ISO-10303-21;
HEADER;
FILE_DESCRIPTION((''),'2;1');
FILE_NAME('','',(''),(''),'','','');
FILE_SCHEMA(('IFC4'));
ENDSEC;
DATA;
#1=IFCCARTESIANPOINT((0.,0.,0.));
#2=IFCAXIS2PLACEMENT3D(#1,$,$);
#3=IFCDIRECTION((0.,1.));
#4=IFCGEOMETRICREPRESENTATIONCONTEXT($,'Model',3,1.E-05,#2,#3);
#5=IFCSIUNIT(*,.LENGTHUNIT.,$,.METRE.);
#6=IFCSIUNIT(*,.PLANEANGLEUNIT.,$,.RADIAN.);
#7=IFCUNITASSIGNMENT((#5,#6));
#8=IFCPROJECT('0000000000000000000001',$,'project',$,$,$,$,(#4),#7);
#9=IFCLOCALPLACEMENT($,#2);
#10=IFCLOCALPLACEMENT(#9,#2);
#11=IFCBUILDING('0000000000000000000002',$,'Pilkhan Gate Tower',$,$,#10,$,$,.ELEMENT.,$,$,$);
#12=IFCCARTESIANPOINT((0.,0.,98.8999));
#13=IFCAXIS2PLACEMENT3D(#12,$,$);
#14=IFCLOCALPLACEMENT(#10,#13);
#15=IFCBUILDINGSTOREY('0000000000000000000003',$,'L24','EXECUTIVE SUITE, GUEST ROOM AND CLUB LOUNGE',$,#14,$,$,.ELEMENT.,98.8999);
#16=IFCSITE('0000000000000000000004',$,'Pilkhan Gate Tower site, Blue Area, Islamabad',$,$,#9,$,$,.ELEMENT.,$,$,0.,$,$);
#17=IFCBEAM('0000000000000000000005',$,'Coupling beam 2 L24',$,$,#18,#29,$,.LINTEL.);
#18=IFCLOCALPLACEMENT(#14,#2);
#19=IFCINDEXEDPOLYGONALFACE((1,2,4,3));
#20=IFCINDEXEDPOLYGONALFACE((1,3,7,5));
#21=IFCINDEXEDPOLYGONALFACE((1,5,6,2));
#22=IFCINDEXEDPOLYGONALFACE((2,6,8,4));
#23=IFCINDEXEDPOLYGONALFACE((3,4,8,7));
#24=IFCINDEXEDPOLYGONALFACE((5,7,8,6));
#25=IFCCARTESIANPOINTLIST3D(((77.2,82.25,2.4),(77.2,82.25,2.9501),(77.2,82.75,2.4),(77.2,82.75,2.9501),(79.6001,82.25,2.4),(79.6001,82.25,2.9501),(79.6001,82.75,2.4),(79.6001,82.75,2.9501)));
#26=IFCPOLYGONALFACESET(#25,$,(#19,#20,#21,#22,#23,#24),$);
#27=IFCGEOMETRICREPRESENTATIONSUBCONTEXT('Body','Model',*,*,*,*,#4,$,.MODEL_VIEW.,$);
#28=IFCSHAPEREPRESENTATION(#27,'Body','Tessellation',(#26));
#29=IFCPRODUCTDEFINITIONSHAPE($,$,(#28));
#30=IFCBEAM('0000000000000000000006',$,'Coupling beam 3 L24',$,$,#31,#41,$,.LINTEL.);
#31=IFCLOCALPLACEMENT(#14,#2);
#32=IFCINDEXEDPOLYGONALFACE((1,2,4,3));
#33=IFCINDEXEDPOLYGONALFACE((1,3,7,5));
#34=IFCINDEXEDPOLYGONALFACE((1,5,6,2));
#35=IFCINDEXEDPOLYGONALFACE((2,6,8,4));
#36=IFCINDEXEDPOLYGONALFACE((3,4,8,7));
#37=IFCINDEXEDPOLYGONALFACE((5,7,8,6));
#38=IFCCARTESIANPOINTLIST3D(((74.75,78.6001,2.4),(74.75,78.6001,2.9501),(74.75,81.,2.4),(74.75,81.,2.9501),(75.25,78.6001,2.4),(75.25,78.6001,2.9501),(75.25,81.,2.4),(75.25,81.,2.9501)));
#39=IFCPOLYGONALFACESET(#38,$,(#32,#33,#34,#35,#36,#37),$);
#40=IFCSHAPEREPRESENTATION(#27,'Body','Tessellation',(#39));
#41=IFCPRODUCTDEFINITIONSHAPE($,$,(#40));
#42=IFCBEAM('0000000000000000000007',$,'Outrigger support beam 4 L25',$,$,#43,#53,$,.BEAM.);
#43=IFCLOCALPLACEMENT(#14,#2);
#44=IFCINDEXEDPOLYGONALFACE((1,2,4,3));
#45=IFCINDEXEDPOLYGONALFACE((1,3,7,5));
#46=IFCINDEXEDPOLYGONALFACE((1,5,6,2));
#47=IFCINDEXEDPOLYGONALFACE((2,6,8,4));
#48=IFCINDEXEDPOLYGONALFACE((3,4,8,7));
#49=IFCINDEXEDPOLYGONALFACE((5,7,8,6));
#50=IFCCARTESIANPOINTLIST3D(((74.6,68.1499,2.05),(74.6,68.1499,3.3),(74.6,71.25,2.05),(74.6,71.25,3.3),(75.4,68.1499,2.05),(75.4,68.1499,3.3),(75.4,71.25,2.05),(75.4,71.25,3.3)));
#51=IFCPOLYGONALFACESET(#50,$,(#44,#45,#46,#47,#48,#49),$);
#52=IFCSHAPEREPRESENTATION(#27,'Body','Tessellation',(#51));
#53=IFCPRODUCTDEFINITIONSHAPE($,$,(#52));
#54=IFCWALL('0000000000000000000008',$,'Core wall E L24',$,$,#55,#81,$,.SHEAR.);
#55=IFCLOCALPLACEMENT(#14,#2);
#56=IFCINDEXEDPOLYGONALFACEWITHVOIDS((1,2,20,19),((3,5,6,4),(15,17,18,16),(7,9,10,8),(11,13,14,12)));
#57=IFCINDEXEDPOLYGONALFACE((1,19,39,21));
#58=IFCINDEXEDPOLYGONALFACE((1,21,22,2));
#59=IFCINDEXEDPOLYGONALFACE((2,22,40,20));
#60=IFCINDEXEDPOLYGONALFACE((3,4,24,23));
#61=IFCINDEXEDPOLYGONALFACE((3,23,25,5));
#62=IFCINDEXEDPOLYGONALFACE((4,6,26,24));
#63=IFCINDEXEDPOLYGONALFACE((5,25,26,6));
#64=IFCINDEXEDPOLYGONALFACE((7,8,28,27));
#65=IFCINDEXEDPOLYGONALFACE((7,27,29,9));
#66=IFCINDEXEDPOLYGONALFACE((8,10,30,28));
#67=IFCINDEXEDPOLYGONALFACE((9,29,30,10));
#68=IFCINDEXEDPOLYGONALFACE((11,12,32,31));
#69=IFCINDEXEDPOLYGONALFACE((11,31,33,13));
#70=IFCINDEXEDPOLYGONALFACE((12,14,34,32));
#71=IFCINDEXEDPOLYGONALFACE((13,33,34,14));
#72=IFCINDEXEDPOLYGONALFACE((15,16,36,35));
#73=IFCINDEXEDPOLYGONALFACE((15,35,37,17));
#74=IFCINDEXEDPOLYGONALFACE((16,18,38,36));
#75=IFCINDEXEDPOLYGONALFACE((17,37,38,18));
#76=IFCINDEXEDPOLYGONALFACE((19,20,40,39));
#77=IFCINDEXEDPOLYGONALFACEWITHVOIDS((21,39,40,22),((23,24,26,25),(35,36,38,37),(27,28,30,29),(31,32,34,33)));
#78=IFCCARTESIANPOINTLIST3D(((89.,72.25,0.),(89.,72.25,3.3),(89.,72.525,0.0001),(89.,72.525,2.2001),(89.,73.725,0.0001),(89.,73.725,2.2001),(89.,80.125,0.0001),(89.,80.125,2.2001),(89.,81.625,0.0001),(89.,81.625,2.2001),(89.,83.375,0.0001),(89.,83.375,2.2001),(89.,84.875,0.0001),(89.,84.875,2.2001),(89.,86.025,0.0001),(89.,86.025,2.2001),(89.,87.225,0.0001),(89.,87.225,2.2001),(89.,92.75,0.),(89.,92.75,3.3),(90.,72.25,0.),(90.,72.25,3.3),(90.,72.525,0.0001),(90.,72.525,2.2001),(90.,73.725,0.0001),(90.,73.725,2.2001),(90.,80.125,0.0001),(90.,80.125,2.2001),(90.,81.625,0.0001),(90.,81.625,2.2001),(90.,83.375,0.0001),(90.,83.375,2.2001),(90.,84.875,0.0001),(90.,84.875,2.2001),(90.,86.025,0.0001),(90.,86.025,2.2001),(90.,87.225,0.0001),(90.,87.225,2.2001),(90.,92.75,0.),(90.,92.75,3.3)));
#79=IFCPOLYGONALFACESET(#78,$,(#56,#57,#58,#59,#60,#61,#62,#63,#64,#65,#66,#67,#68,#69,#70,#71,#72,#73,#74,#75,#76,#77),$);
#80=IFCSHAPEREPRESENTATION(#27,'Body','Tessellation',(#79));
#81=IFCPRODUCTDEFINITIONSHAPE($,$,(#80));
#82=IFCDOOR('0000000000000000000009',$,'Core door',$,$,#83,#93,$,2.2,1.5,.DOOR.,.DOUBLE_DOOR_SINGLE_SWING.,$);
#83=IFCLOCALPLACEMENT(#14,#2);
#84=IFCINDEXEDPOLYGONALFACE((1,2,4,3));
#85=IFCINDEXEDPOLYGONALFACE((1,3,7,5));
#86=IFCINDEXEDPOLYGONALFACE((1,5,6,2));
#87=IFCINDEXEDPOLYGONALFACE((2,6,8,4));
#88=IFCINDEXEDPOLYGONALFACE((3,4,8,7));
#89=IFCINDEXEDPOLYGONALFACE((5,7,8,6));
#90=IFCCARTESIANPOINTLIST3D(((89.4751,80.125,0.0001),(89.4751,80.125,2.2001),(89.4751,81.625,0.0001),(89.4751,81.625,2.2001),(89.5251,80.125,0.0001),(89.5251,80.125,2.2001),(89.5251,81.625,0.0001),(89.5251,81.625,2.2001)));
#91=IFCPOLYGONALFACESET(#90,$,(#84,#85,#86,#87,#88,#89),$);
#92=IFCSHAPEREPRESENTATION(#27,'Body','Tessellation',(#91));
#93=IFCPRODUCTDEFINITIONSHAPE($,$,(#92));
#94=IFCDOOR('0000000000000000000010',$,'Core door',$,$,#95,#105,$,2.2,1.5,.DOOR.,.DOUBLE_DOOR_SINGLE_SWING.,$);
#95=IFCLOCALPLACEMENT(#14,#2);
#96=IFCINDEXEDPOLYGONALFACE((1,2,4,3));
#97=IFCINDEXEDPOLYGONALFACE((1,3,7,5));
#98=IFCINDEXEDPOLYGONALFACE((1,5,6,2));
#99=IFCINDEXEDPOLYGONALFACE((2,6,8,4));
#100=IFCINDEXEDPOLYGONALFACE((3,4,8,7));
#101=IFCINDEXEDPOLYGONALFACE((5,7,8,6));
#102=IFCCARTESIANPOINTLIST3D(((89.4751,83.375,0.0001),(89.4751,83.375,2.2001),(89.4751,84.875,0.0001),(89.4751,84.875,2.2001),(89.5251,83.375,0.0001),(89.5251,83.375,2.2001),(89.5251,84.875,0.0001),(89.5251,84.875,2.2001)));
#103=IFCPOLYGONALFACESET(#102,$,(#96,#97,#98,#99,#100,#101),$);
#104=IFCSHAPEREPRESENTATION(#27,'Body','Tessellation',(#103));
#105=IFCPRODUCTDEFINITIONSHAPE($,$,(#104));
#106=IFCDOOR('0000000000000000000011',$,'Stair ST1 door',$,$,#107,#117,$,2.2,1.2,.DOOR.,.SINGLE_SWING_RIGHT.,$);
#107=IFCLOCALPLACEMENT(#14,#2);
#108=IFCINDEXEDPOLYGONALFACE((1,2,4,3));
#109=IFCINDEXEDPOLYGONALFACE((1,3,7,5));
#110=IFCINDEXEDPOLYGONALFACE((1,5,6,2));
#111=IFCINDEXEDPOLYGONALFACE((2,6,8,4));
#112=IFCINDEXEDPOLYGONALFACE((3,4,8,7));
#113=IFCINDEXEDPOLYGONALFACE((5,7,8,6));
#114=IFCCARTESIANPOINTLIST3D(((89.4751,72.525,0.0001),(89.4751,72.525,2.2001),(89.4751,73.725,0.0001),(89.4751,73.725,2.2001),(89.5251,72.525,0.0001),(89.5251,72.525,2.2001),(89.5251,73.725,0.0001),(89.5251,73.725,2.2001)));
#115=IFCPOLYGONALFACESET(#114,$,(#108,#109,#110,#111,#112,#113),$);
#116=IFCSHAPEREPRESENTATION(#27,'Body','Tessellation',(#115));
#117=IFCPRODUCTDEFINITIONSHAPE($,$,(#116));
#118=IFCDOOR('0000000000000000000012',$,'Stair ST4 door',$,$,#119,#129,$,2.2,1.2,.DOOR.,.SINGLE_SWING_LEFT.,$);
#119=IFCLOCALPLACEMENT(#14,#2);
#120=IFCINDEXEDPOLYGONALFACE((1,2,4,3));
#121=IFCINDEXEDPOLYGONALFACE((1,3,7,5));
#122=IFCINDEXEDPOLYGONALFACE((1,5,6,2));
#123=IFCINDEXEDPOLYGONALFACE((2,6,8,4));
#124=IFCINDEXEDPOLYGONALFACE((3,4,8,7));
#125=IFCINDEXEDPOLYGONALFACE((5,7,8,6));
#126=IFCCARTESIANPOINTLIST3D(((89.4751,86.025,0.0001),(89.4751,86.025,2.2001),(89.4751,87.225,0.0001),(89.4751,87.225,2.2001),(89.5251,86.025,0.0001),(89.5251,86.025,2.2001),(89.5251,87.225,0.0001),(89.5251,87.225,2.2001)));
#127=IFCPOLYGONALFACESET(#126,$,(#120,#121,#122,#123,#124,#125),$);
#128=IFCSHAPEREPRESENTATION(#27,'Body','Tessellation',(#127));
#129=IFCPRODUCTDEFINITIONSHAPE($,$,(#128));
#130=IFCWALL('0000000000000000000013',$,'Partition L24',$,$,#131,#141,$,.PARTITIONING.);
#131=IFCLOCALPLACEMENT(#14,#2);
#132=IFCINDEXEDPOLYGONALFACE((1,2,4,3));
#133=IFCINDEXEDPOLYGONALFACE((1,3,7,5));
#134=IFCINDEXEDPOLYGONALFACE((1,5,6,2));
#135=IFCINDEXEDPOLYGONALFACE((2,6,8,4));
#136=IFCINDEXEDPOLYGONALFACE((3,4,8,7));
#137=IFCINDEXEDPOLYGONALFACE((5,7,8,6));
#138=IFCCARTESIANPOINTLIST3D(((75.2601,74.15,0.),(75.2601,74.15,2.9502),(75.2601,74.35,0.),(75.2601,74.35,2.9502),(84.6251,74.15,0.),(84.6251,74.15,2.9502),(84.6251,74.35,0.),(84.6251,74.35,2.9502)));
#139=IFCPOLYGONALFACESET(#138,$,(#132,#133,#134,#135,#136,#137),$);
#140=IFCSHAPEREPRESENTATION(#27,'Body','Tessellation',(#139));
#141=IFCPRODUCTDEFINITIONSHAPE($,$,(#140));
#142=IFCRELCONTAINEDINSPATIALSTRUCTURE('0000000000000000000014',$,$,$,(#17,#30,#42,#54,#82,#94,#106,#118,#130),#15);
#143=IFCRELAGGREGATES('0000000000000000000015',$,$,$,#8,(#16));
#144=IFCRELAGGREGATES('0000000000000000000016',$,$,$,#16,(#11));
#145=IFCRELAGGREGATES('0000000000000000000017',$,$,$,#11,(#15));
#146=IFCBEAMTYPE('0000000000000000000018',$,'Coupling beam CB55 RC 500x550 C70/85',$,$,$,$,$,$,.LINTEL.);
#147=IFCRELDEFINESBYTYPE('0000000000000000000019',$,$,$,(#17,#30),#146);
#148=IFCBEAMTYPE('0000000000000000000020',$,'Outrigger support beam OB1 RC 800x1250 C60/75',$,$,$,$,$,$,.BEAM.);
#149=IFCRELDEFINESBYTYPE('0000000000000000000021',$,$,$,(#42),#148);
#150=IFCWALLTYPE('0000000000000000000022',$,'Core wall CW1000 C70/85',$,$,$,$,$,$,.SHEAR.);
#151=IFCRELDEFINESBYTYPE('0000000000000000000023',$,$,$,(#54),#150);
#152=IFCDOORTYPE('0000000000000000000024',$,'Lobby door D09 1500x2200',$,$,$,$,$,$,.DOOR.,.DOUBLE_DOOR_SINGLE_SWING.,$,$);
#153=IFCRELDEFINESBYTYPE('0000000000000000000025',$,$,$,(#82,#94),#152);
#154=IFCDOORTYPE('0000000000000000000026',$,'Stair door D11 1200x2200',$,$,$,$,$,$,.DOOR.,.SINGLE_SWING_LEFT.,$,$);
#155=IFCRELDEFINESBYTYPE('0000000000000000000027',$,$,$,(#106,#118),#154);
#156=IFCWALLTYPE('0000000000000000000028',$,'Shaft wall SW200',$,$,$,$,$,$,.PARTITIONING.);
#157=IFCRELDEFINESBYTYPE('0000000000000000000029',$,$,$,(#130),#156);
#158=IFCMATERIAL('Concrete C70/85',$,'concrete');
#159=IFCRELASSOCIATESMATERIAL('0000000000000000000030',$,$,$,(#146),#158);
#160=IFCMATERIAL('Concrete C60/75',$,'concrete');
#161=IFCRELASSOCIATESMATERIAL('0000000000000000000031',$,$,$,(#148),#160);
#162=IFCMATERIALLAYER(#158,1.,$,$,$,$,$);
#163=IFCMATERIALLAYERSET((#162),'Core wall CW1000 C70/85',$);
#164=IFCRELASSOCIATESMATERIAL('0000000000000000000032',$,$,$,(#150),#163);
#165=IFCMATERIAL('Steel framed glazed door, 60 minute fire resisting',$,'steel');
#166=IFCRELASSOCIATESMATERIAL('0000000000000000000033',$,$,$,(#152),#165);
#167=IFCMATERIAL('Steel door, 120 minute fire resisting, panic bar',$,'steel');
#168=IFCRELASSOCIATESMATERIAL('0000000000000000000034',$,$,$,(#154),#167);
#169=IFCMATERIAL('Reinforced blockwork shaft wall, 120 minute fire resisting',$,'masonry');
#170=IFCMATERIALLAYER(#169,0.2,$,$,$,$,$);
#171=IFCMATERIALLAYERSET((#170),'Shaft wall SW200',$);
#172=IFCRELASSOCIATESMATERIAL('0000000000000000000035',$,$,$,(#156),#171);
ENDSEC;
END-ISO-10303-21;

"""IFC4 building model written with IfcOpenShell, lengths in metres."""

from ifc_helpers import new_model, si_unit, direction, frame, frame_2d, origin, origin_2d, place, context, subcontext, project, spatial, rectangle, extrude, material, layer, layer_set, material_profile, profile_set, type_object, element, fill, save


model = new_model("IFC4")

# Units and contexts
model_context = context("Model", 3, precision=1e-05, world=origin(), true_north=direction((0.0, 1.0)))
body_context = subcontext(model_context, "Body", "Model", "MODEL_VIEW")
ifc_project = project(units=[si_unit("LENGTHUNIT", "METRE"), si_unit("PLANEANGLEUNIT", "RADIAN")], contexts=[model_context])

# Site, building, storey
site_placement = place(None, origin())
site = spatial("IfcSite", under=ifc_project, at=site_placement, Name="Pilkhan Gate Tower site, Blue Area, Islamabad", CompositionType="ELEMENT", RefElevation=0.0)
building_placement = place(site_placement, origin())
building = spatial("IfcBuilding", under=site, at=building_placement, Name="Pilkhan Gate Tower", CompositionType="ELEMENT")
storey_placement = place(building_placement, frame((0.0, 0.0, 98.8999)))
storey = spatial("IfcBuildingStorey", under=building, at=storey_placement, Name="L24", Description="EXECUTIVE SUITE, GUEST ROOM AND CLUB LOUNGE", CompositionType="ELEMENT", Elevation=98.8999)

# Beams
ifc_material_1 = material(Name="Concrete C70/85", Category="concrete")
ifc_material_profile_1 = material_profile(ifc_material_1, rectangle(XDim=0.5, YDim=0.55, at=origin_2d()), Name="RC 500x550")
ifc_profile_set_1 = profile_set([ifc_material_profile_1], Name="Concrete C70/85")
beam_type_1 = type_object("IfcBeamType", Name="Coupling beam CB55 RC 500x550 C70/85", PredefinedType="LINTEL", material=ifc_profile_set_1)
beam_1_placement = place(storey_placement, frame((77.2, 82.5, 2.675), z_axis=(1.0, 0.0, 0.0), x_axis=(0.0, 1.0, 0.0)))
element("IfcBeam", 1, at=beam_1_placement, inside=storey, type_object=beam_type_1, Name="Coupling beam 2 L24", PredefinedType="LINTEL", context=body_context, shape_type="SweptSolid", body=[
    extrude(rectangle(XDim=0.5, YDim=0.55, at=origin_2d()), origin(), (0.0, 0.0, 1.0), 2.4001),
])
beam_2_placement = place(storey_placement, frame((75.0, 78.6001, 2.675), z_axis=(0.0, 1.0, 0.0), x_axis=(-1.0, 0.0, 0.0)))
element("IfcBeam", 2, at=beam_2_placement, inside=storey, type_object=beam_type_1, Name="Coupling beam 3 L24", PredefinedType="LINTEL", context=body_context, shape_type="SweptSolid", body=[
    extrude(rectangle(XDim=0.5, YDim=0.55, at=origin_2d()), origin(), (0.0, 0.0, 1.0), 2.3999),
])
ifc_material_2 = material(Name="Concrete C60/75", Category="concrete")
ifc_material_profile_2 = material_profile(ifc_material_2, rectangle(XDim=0.8, YDim=1.25, at=origin_2d()), Name="RC 800x1250")
ifc_profile_set_2 = profile_set([ifc_material_profile_2], Name="Concrete C60/75")
beam_type_2 = type_object("IfcBeamType", Name="Outrigger support beam OB1 RC 800x1250 C60/75", PredefinedType="BEAM", material=ifc_profile_set_2)
beam_3_placement = place(storey_placement, frame((75.0, 68.1499, 2.675), z_axis=(0.0, 1.0, 0.0), x_axis=(-1.0, 0.0, 0.0)))
element("IfcBeam", 3, at=beam_3_placement, inside=storey, type_object=beam_type_2, Name="Outrigger support beam 4 L25", PredefinedType="BEAM", context=body_context, shape_type="SweptSolid", body=[
    extrude(rectangle(XDim=0.8, YDim=1.25, at=origin_2d()), origin(), (0.0, 0.0, 1.0), 3.1001),
])

# Wall, openings, doors
ifc_layer_1 = layer(ifc_material_1, 1.0)
ifc_layer_set_1 = layer_set([ifc_layer_1], Name="Core wall CW1000 C70/85")
wall_type_1 = type_object("IfcWallType", Name="Core wall CW1000 C70/85", PredefinedType="SHEAR", material=ifc_layer_set_1)
wall_1_placement = place(storey_placement, frame((89.5, 72.25, 0.0), z_axis=(0.0, 0.0, 1.0), x_axis=(0.0, 1.0, 0.0)))
wall_1 = element("IfcWall", 4, at=wall_1_placement, inside=storey, type_object=wall_type_1, Name="Core wall E L24", PredefinedType="SHEAR", context=body_context, shape_type="SweptSolid", body=[
    extrude(rectangle(XDim=20.5, YDim=1.0, at=frame_2d((10.25, 0.0))), origin(), (0.0, 0.0, 1.0), 3.3),
])
opening_1_placement = place(wall_1_placement, frame((0.2749, 0.0, 0.0)))
opening_1 = element("IfcOpeningElement", 5, at=opening_1_placement, cuts=wall_1, PredefinedType="OPENING", context=body_context, shape_type="SweptSolid", body=[
    extrude(rectangle(XDim=1.2, YDim=2.2, at=frame_2d((0.6001, 1.1001))), frame((0.0, 0.51, 0.0), z_axis=(0.0, -1.0, 0.0), x_axis=(1.0, 0.0, 0.0)), (0.0, 0.0, 1.0), 1.02),
])
opening_2_placement = place(wall_1_placement, frame((13.7749, 0.0, 0.0)))
opening_2 = element("IfcOpeningElement", 6, at=opening_2_placement, cuts=wall_1, PredefinedType="OPENING", context=body_context, shape_type="SweptSolid", body=[
    extrude(rectangle(XDim=1.2, YDim=2.2, at=frame_2d((0.6001, 1.1001))), frame((0.0, 0.51, 0.0), z_axis=(0.0, -1.0, 0.0), x_axis=(1.0, 0.0, 0.0)), (0.0, 0.0, 1.0), 1.02),
])
opening_3_placement = place(wall_1_placement, frame((7.875, 0.0, 0.0)))
opening_3 = element("IfcOpeningElement", 7, at=opening_3_placement, cuts=wall_1, PredefinedType="OPENING", context=body_context, shape_type="SweptSolid", body=[
    extrude(rectangle(XDim=1.5, YDim=2.2, at=frame_2d((0.75, 1.1001))), frame((0.0, 0.51, 0.0), z_axis=(0.0, -1.0, 0.0), x_axis=(1.0, 0.0, 0.0)), (0.0, 0.0, 1.0), 1.02),
])
opening_4_placement = place(wall_1_placement, frame((11.125, 0.0, 0.0)))
opening_4 = element("IfcOpeningElement", 8, at=opening_4_placement, cuts=wall_1, PredefinedType="OPENING", context=body_context, shape_type="SweptSolid", body=[
    extrude(rectangle(XDim=1.5, YDim=2.2, at=frame_2d((0.75, 1.1001))), frame((0.0, 0.51, 0.0), z_axis=(0.0, -1.0, 0.0), x_axis=(1.0, 0.0, 0.0)), (0.0, 0.0, 1.0), 1.02),
])
ifc_material_3 = material(Name="Steel framed glazed door, 60 minute fire resisting", Category="steel")
door_type_1 = type_object("IfcDoorType", Name="Lobby door D09 1500x2200", OperationType="DOUBLE_DOOR_SINGLE_SWING", PredefinedType="DOOR", material=ifc_material_3)
door_1_placement = place(opening_3_placement, origin())
door_1 = element("IfcDoor", 9, at=door_1_placement, inside=storey, type_object=door_type_1, Name="Core door", OperationType="DOUBLE_DOOR_SINGLE_SWING", OverallHeight=2.2, OverallWidth=1.5, PredefinedType="DOOR", context=body_context, shape_type="SweptSolid", body=[
    extrude(rectangle(XDim=1.5, YDim=2.2, at=frame_2d((0.75, 1.1001))), frame((0.0, 0.0249, 0.0), z_axis=(0.0, -1.0, 0.0), x_axis=(1.0, 0.0, 0.0)), (0.0, 0.0, 1.0), 0.05),
])
fill(opening_3, door_1)
door_2_placement = place(opening_4_placement, origin())
door_2 = element("IfcDoor", 10, at=door_2_placement, inside=storey, type_object=door_type_1, Name="Core door", OperationType="DOUBLE_DOOR_SINGLE_SWING", OverallHeight=2.2, OverallWidth=1.5, PredefinedType="DOOR", context=body_context, shape_type="SweptSolid", body=[
    extrude(rectangle(XDim=1.5, YDim=2.2, at=frame_2d((0.75, 1.1001))), frame((0.0, 0.0249, 0.0), z_axis=(0.0, -1.0, 0.0), x_axis=(1.0, 0.0, 0.0)), (0.0, 0.0, 1.0), 0.05),
])
fill(opening_4, door_2)
ifc_material_4 = material(Name="Steel door, 120 minute fire resisting, panic bar", Category="steel")
door_type_2 = type_object("IfcDoorType", Name="Stair door D11 1200x2200", OperationType="SINGLE_SWING_LEFT", PredefinedType="DOOR", material=ifc_material_4)
door_3_placement = place(opening_1_placement, origin())
door_3 = element("IfcDoor", 11, at=door_3_placement, inside=storey, type_object=door_type_2, Name="Stair ST1 door", OperationType="SINGLE_SWING_RIGHT", OverallHeight=2.2, OverallWidth=1.2, PredefinedType="DOOR", context=body_context, shape_type="SweptSolid", body=[
    extrude(rectangle(XDim=1.2, YDim=2.2, at=frame_2d((0.6001, 1.1001))), frame((0.0, 0.0249, 0.0), z_axis=(0.0, -1.0, 0.0), x_axis=(1.0, 0.0, 0.0)), (0.0, 0.0, 1.0), 0.05),
])
fill(opening_1, door_3)
door_4_placement = place(opening_2_placement, origin())
door_4 = element("IfcDoor", 12, at=door_4_placement, inside=storey, type_object=door_type_2, Name="Stair ST4 door", OperationType="SINGLE_SWING_LEFT", OverallHeight=2.2, OverallWidth=1.2, PredefinedType="DOOR", context=body_context, shape_type="SweptSolid", body=[
    extrude(rectangle(XDim=1.2, YDim=2.2, at=frame_2d((0.6001, 1.1001))), frame((0.0, 0.0249, 0.0), z_axis=(0.0, -1.0, 0.0), x_axis=(1.0, 0.0, 0.0)), (0.0, 0.0, 1.0), 0.05),
])
fill(opening_2, door_4)

# Wall
ifc_material_5 = material(Name="Reinforced blockwork shaft wall, 120 minute fire resisting", Category="masonry")
ifc_layer_2 = layer(ifc_material_5, 0.2)
ifc_layer_set_2 = layer_set([ifc_layer_2], Name="Shaft wall SW200")
wall_type_2 = type_object("IfcWallType", Name="Shaft wall SW200", PredefinedType="PARTITIONING", material=ifc_layer_set_2)
wall_2_placement = place(storey_placement, frame((75.26, 74.25, 0.0), z_axis=(0.0, 0.0, 1.0), x_axis=(1.0, 0.0, 0.0)))
element("IfcWall", 13, at=wall_2_placement, inside=storey, type_object=wall_type_2, Name="Partition L24", PredefinedType="PARTITIONING", context=body_context, shape_type="SweptSolid", body=[
    extrude(rectangle(XDim=9.365, YDim=0.2, at=frame_2d((4.6826, 0.0))), origin(), (0.0, 0.0, 1.0), 2.9502),
])

save(model, "model.ifc")
